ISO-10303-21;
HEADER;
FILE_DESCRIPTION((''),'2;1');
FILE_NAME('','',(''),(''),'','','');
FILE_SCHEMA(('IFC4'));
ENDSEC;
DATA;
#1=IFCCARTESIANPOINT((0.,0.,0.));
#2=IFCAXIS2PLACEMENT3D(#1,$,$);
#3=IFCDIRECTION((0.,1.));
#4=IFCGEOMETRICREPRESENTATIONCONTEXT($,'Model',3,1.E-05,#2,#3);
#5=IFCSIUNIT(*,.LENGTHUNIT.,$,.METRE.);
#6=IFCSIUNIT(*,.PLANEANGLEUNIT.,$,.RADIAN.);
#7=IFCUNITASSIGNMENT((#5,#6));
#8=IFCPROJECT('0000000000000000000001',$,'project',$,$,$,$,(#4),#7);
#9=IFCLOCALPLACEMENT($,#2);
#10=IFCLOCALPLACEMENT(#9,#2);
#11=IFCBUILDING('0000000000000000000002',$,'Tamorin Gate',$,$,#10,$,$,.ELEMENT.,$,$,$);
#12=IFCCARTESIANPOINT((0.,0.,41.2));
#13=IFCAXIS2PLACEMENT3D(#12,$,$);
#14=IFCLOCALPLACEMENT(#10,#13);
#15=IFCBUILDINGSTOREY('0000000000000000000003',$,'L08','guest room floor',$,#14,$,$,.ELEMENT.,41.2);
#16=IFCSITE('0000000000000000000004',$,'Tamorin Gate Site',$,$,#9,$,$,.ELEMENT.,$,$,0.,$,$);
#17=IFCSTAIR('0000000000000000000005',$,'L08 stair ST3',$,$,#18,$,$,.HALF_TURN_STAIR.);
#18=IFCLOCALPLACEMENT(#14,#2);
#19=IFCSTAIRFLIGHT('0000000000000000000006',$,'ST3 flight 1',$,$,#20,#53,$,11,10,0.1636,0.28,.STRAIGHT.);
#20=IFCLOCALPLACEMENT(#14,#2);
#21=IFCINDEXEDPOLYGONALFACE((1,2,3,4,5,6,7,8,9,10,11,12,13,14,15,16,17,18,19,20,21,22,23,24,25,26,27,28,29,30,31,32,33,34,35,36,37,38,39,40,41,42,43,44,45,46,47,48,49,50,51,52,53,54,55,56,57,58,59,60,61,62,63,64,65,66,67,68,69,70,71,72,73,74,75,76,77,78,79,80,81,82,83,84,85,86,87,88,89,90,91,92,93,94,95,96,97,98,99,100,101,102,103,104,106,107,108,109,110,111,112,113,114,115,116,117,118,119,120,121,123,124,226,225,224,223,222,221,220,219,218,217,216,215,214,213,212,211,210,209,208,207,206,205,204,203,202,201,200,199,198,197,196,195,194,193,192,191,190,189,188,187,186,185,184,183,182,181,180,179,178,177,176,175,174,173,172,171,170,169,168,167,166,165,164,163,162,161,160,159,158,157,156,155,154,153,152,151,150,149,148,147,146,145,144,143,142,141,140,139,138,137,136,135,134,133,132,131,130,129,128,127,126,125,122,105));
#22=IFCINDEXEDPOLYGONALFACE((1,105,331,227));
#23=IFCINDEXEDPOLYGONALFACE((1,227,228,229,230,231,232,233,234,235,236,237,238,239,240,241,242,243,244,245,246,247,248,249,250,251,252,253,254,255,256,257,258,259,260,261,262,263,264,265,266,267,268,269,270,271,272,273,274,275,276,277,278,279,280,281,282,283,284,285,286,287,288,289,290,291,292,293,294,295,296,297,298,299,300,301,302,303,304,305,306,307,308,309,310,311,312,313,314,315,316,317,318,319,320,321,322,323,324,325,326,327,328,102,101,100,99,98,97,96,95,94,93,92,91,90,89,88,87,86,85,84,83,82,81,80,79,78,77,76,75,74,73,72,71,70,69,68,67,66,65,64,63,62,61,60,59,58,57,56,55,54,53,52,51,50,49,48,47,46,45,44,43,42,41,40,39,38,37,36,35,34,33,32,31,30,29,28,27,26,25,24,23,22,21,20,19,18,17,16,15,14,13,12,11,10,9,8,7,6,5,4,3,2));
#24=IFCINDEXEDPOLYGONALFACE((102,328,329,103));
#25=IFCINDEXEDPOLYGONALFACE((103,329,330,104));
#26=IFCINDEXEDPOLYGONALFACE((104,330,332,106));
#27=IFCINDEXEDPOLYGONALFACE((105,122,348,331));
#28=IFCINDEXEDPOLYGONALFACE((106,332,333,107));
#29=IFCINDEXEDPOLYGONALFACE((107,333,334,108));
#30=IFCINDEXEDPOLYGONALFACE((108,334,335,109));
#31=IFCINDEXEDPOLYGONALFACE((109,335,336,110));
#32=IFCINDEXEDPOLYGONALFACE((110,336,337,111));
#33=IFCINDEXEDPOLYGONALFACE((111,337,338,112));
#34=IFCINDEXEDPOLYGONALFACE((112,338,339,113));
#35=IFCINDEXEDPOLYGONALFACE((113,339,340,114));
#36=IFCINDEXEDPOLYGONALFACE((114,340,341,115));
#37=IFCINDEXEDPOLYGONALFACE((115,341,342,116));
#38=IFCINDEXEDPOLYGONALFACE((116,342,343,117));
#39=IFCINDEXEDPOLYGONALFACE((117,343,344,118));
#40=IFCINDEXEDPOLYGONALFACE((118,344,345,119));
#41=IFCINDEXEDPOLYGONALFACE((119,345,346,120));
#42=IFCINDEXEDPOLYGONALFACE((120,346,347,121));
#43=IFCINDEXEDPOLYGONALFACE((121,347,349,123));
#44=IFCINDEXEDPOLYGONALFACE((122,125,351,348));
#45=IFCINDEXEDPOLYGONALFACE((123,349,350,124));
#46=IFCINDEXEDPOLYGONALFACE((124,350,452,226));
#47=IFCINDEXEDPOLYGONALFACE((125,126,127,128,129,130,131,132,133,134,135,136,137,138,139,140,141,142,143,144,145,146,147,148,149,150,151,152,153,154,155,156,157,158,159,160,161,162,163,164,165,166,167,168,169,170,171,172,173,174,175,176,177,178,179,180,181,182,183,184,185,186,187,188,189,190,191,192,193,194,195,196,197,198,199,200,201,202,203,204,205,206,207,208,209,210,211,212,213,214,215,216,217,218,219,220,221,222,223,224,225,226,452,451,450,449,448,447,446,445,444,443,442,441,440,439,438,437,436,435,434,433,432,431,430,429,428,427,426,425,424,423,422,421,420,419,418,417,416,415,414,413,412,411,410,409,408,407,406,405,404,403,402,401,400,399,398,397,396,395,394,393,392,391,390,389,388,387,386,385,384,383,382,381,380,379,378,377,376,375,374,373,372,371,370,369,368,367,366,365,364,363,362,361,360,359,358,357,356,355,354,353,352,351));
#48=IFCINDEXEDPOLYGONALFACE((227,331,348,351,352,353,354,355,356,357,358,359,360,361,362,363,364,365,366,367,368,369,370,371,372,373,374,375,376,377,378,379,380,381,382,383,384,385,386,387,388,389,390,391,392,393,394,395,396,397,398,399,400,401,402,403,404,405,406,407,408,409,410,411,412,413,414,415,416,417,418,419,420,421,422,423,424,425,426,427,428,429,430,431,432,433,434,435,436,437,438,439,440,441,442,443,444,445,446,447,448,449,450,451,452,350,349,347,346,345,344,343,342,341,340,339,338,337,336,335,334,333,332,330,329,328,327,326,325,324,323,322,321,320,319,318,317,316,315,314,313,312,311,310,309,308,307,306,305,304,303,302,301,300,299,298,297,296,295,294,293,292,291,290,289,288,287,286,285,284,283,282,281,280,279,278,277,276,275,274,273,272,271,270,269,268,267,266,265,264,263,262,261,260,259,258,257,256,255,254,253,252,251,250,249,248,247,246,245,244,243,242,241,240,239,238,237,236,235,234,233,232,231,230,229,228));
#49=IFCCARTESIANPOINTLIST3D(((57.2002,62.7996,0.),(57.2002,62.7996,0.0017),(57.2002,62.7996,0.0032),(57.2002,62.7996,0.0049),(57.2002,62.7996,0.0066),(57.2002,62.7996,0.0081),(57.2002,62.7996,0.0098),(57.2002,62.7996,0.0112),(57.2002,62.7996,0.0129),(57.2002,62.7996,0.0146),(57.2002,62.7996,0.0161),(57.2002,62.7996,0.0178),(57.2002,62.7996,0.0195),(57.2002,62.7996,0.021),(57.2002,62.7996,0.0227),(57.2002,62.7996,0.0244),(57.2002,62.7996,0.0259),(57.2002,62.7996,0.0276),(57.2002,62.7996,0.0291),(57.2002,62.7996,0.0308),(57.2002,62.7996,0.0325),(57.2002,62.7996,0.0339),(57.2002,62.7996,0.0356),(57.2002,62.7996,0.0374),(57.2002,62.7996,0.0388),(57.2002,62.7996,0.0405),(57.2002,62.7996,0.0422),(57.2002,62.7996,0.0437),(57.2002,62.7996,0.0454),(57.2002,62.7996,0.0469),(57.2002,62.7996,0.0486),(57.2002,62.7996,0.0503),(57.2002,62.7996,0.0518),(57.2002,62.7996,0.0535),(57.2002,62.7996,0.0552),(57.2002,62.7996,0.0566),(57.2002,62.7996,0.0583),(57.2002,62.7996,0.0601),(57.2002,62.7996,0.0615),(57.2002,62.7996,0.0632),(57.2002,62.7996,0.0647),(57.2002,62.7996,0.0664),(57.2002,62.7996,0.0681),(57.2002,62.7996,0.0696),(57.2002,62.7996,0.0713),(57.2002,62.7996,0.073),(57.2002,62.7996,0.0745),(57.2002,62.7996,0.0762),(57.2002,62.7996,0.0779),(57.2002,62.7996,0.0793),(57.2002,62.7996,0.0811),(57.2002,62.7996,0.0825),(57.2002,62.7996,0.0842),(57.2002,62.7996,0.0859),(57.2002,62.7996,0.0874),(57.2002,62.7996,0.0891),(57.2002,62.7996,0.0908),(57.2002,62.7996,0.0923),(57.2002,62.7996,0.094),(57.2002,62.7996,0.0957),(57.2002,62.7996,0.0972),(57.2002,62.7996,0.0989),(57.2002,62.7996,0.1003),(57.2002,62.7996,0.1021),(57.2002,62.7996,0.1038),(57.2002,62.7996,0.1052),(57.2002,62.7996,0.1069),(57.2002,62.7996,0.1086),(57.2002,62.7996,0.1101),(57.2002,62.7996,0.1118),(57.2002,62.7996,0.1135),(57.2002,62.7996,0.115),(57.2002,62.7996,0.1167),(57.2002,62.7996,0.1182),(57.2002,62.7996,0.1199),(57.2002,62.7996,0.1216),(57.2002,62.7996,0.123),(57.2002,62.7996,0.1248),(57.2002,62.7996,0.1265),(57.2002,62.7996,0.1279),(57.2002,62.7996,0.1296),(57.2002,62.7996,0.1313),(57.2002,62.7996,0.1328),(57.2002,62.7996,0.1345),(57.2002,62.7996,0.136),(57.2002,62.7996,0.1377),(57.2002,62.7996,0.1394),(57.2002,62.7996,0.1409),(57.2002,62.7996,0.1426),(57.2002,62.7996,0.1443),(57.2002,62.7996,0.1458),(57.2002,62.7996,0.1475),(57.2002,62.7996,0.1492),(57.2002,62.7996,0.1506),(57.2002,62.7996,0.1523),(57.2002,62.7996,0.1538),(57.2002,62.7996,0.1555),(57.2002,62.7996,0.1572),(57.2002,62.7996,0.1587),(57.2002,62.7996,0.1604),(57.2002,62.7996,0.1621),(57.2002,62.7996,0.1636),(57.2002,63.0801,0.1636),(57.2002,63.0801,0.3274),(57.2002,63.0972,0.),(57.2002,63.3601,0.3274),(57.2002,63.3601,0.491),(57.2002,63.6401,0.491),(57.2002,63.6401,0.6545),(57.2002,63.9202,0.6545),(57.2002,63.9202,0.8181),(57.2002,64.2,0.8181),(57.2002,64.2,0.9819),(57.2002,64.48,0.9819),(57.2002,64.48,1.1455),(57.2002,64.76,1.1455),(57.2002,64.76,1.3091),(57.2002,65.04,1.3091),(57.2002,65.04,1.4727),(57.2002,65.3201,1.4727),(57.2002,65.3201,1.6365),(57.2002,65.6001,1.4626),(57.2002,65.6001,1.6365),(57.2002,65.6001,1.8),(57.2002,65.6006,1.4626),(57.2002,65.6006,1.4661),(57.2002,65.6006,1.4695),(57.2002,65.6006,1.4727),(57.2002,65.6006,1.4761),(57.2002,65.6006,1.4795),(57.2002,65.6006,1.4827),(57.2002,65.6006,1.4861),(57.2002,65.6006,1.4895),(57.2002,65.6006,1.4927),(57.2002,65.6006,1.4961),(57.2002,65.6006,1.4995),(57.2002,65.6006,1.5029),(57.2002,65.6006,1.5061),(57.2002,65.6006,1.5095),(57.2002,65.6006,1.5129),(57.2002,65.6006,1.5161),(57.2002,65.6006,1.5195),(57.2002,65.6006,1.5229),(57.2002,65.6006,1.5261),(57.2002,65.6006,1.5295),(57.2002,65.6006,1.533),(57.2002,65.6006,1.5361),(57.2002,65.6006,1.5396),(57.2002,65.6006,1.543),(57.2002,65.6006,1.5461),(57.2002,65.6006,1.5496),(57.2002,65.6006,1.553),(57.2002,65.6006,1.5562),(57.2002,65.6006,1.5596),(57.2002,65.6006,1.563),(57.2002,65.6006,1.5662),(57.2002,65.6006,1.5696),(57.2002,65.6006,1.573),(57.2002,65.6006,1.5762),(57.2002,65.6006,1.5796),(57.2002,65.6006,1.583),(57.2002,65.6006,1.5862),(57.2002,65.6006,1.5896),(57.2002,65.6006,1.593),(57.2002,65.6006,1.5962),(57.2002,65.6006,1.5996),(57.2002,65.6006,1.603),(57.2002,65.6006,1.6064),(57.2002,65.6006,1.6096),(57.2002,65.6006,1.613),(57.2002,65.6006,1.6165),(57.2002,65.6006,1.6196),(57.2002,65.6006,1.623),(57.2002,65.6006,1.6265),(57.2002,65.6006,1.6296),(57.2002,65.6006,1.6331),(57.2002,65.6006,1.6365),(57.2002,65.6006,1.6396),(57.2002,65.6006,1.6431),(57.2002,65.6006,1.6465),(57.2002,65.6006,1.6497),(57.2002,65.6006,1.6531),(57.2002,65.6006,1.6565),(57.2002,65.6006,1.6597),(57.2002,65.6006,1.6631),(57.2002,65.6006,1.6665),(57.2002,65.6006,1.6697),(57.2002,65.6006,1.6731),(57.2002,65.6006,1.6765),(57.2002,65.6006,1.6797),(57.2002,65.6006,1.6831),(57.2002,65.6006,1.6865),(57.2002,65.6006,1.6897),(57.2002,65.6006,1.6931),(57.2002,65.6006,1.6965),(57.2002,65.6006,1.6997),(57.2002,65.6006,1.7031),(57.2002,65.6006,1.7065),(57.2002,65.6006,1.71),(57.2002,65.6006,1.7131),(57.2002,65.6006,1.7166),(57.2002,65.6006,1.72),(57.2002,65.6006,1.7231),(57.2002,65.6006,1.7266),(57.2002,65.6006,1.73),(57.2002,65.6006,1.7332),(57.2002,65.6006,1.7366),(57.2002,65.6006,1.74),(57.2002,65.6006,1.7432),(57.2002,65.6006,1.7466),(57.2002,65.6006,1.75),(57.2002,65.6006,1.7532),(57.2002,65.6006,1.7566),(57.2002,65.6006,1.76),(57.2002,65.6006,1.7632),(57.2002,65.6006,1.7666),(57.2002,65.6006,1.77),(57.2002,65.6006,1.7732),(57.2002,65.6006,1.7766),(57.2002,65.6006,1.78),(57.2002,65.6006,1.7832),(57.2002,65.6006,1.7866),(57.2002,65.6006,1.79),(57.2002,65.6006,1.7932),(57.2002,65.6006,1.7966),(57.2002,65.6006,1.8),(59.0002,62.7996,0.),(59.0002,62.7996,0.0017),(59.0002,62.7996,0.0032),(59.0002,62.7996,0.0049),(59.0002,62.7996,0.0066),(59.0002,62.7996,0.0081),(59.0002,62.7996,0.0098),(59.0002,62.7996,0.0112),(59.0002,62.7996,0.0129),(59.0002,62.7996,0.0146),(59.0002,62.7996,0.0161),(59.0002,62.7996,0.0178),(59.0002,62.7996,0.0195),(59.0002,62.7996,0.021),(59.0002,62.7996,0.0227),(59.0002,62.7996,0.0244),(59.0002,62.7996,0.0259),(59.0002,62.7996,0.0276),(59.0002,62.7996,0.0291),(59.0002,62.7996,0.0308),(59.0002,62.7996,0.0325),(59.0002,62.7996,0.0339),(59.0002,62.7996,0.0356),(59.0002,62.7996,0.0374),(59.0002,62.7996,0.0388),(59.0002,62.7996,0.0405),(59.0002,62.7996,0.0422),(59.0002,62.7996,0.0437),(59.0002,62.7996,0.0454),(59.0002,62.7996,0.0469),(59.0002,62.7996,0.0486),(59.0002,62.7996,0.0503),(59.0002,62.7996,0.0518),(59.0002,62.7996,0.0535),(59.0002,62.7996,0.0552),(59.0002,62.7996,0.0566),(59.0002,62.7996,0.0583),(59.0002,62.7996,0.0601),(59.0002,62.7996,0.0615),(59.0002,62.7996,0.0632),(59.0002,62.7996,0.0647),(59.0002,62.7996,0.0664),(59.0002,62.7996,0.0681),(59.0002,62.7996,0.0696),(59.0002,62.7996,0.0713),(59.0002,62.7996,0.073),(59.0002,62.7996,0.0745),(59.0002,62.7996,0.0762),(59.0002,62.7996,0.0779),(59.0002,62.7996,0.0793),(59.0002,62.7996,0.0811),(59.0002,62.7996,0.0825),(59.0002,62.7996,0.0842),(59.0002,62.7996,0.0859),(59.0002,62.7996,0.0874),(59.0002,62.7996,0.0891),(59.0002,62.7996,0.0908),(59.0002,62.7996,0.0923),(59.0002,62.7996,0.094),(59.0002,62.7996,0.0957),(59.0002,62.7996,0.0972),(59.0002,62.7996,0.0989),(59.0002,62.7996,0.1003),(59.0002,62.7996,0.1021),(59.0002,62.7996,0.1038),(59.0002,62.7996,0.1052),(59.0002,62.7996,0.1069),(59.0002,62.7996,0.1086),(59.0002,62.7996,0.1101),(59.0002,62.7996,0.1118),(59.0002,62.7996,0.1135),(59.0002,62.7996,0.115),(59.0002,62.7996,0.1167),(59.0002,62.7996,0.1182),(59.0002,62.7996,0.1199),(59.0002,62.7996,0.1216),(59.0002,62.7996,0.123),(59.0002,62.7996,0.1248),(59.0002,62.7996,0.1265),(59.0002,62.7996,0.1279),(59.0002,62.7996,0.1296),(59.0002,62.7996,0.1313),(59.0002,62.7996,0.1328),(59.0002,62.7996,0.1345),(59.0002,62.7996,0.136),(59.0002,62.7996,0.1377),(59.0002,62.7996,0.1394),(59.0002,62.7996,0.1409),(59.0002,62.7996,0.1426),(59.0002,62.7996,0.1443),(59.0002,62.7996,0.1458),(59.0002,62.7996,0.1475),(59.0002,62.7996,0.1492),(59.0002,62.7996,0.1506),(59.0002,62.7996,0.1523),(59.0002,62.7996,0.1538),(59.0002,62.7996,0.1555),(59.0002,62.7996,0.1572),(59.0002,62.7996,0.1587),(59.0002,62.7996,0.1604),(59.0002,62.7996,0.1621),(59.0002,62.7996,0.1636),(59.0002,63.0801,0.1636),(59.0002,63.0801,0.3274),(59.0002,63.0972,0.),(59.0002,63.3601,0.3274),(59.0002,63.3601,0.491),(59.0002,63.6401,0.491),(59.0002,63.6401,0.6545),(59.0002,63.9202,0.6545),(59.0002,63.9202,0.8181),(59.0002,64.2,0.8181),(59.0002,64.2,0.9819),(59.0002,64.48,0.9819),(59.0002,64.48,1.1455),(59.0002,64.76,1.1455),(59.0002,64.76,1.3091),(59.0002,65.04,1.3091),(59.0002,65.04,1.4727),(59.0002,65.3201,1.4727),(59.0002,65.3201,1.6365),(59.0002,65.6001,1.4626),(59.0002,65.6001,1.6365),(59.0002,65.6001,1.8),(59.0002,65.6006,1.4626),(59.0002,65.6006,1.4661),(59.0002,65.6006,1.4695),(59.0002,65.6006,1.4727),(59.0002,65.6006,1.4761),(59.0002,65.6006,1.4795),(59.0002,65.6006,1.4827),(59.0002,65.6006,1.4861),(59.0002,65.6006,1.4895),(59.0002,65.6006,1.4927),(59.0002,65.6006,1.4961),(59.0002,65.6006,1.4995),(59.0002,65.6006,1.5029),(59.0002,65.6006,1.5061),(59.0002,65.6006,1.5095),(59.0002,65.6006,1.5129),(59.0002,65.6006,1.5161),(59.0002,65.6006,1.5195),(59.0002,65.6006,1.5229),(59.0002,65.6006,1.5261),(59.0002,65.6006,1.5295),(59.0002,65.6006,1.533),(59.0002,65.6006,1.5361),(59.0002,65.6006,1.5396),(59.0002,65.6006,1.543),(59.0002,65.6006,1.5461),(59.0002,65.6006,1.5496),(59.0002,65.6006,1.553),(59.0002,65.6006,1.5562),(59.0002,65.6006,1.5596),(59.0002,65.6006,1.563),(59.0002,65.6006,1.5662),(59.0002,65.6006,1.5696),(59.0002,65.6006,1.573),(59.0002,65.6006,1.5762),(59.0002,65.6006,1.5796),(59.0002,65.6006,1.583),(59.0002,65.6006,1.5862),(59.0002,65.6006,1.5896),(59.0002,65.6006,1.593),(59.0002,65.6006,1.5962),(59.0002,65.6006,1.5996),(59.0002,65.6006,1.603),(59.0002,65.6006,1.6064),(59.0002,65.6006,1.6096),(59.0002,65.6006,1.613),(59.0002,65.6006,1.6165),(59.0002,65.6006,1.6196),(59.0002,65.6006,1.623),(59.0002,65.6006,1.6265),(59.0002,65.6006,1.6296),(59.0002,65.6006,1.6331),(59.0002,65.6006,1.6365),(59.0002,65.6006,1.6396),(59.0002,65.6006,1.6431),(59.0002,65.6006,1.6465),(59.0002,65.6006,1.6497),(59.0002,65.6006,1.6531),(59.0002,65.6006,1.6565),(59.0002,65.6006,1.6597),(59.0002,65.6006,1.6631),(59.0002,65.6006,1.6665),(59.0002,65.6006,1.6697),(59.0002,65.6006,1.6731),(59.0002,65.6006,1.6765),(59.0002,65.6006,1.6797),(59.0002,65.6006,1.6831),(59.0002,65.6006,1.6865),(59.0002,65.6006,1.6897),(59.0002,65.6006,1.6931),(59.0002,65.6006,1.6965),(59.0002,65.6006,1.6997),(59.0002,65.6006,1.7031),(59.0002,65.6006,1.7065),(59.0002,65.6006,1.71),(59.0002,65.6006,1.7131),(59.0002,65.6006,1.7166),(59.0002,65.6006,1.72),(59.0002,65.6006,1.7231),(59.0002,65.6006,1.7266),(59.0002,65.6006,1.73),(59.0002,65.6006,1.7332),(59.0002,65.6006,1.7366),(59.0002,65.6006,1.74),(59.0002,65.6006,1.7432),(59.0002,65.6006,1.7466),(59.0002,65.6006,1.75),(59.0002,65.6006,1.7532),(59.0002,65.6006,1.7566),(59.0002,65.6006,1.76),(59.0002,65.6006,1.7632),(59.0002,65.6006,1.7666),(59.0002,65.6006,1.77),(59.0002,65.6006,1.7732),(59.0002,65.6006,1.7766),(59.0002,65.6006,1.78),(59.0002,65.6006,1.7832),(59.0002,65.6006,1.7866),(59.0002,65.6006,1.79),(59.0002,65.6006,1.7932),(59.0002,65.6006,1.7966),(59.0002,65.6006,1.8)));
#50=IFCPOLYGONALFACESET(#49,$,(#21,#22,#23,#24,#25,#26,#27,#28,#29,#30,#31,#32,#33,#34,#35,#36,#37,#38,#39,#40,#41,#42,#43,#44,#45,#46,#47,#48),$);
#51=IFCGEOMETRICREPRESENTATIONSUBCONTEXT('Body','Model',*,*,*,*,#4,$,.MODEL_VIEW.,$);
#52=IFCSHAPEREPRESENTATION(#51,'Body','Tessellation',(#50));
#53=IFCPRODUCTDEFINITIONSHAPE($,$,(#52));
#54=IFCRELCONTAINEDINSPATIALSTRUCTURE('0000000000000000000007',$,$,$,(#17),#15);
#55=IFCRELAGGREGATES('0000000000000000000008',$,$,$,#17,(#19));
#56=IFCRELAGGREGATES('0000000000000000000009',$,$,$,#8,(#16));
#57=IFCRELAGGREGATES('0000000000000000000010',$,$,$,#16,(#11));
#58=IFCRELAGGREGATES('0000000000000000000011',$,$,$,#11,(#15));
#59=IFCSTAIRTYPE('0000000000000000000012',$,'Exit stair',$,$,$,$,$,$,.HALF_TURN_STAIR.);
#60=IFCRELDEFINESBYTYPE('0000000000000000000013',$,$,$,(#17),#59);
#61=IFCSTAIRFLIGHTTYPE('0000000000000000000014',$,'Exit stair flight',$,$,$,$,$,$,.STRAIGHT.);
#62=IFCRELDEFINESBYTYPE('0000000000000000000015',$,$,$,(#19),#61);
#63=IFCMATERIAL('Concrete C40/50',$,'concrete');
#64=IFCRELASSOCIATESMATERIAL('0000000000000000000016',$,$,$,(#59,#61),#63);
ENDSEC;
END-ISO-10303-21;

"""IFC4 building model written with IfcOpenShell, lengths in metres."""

from ifc_helpers import new_model, si_unit, direction, frame, origin, place, context, subcontext, project, spatial, polyline, outline, extrude, material, type_object, element, aggregate, save


model = new_model("IFC4")

# Units and contexts
model_context = context("Model", 3, precision=1e-05, world=origin(), true_north=direction((0.0, 1.0)))
body_context = subcontext(model_context, "Body", "Model", "MODEL_VIEW")
ifc_project = project(units=[si_unit("LENGTHUNIT", "METRE"), si_unit("PLANEANGLEUNIT", "RADIAN")], contexts=[model_context])

# Site, building, storey
site_placement = place(None, origin())
site = spatial("IfcSite", under=ifc_project, at=site_placement, Name="Tamorin Gate Site", CompositionType="ELEMENT", RefElevation=0.0)
building_placement = place(site_placement, origin())
building = spatial("IfcBuilding", under=site, at=building_placement, Name="Tamorin Gate", CompositionType="ELEMENT")
storey_placement = place(building_placement, frame((0.0, 0.0, 41.2)))
storey = spatial("IfcBuildingStorey", under=building, at=storey_placement, Name="L08", Description="guest room floor", CompositionType="ELEMENT", Elevation=41.2)

# Shared definitions
ifc_material_1 = material(Name="Concrete C40/50", Category="concrete")

# Stair, stair flight
stair_type = type_object("IfcStairType", Name="Exit stair", PredefinedType="HALF_TURN_STAIR", material=ifc_material_1)
stair_placement = place(storey_placement, origin())
stair = element("IfcStair", 1, at=stair_placement, inside=storey, type_object=stair_type, Name="L08 stair ST3", PredefinedType="HALF_TURN_STAIR")
stair_flight_type = type_object("IfcStairFlightType", Name="Exit stair flight", PredefinedType="STRAIGHT", material=ifc_material_1)
stair_flight_1_placement = place(storey_placement, frame((58.1001, 62.8, 0.0), z_axis=(0.0, 0.0, 1.0), x_axis=(0.0, 1.0, 0.0)))
stair_flight_1 = element("IfcStairFlight", 2, at=stair_flight_1_placement, type_object=stair_flight_type, Name="ST3 flight 1", NumberOfRisers=11, NumberOfTreads=10, PredefinedType="STRAIGHT", RiserHeight=0.1636, TreadLength=0.28, context=body_context, shape_type="SweptSolid", body=[
    extrude(outline(polyline([(-0.0005, 0.0), (-0.0005, 0.0017), (-0.0005, 0.0032), (-0.0005, 0.0049), (-0.0005, 0.0066), (-0.0005, 0.0081), (-0.0005, 0.0098), (-0.0005, 0.0112), (-0.0005, 0.0129), (-0.0005, 0.0146), (-0.0005, 0.0161), (-0.0005, 0.0178), (-0.0005, 0.0195), (-0.0005, 0.021), (-0.0005, 0.0227), (-0.0005, 0.0244), (-0.0005, 0.0259), (-0.0005, 0.0276), (-0.0005, 0.0291), (-0.0005, 0.0308), (-0.0005, 0.0325), (-0.0005, 0.0339), (-0.0005, 0.0356), (-0.0005, 0.0374), (-0.0005, 0.0388), (-0.0005, 0.0405), (-0.0005, 0.0422), (-0.0005, 0.0437), (-0.0005, 0.0454), (-0.0005, 0.0469), (-0.0005, 0.0486), (-0.0005, 0.0503), (-0.0005, 0.0518), (-0.0005, 0.0535), (-0.0005, 0.0552), (-0.0005, 0.0566), (-0.0005, 0.0583), (-0.0005, 0.0601), (-0.0005, 0.0615), (-0.0005, 0.0632), (-0.0005, 0.0647), (-0.0005, 0.0664), (-0.0005, 0.0681), (-0.0005, 0.0696), (-0.0005, 0.0713), (-0.0005, 0.073), (-0.0005, 0.0745), (-0.0005, 0.0762), (-0.0005, 0.0779), (-0.0005, 0.0793), (-0.0005, 0.0811), (-0.0005, 0.0825), (-0.0005, 0.0842), (-0.0005, 0.0859), (-0.0005, 0.0874), (-0.0005, 0.0891), (-0.0005, 0.0908), (-0.0005, 0.0923), (-0.0005, 0.094), (-0.0005, 0.0957), (-0.0005, 0.0972), (-0.0005, 0.0989), (-0.0005, 0.1003), (-0.0005, 0.1021), (-0.0005, 0.1038), (-0.0005, 0.1052), (-0.0005, 0.1069), (-0.0005, 0.1086), (-0.0005, 0.1101), (-0.0005, 0.1118), (-0.0005, 0.1135), (-0.0005, 0.115), (-0.0005, 0.1167), (-0.0005, 0.1182), (-0.0005, 0.1199), (-0.0005, 0.1216), (-0.0005, 0.123), (-0.0005, 0.1248), (-0.0005, 0.1265), (-0.0005, 0.1279), (-0.0005, 0.1296), (-0.0005, 0.1313), (-0.0005, 0.1328), (-0.0005, 0.1345), (-0.0005, 0.136), (-0.0005, 0.1377), (-0.0005, 0.1394), (-0.0005, 0.1409), (-0.0005, 0.1426), (-0.0005, 0.1443), (-0.0005, 0.1458), (-0.0005, 0.1475), (-0.0005, 0.1492), (-0.0005, 0.1506), (-0.0005, 0.1523), (-0.0005, 0.1538), (-0.0005, 0.1555), (-0.0005, 0.1572), (-0.0005, 0.1587), (-0.0005, 0.1604), (-0.0005, 0.1621), (-0.0005, 0.1636), (0.28, 0.1636), (0.28, 0.3274), (0.5601, 0.3274), (0.5601, 0.491), (0.8401, 0.491), (0.8401, 0.6545), (1.1201, 0.6545), (1.1201, 0.8181), (1.3999, 0.8181), (1.3999, 0.9819), (1.6799, 0.9819), (1.6799, 1.1455), (1.96, 1.1455), (1.96, 1.3091), (2.24, 1.3091), (2.24, 1.4727), (2.52, 1.4727), (2.52, 1.6365), (2.8, 1.6365), (2.8, 1.8), (2.8005, 1.8), (2.8005, 1.7966), (2.8005, 1.7932), (2.8005, 1.79), (2.8005, 1.7866), (2.8005, 1.7832), (2.8005, 1.78), (2.8005, 1.7766), (2.8005, 1.7732), (2.8005, 1.77), (2.8005, 1.7666), (2.8005, 1.7632), (2.8005, 1.76), (2.8005, 1.7566), (2.8005, 1.7532), (2.8005, 1.75), (2.8005, 1.7466), (2.8005, 1.7432), (2.8005, 1.74), (2.8005, 1.7366), (2.8005, 1.7332), (2.8005, 1.73), (2.8005, 1.7266), (2.8005, 1.7231), (2.8005, 1.72), (2.8005, 1.7166), (2.8005, 1.7131), (2.8005, 1.71), (2.8005, 1.7065), (2.8005, 1.7031), (2.8005, 1.6997), (2.8005, 1.6965), (2.8005, 1.6931), (2.8005, 1.6897), (2.8005, 1.6865), (2.8005, 1.6831), (2.8005, 1.6797), (2.8005, 1.6765), (2.8005, 1.6731), (2.8005, 1.6697), (2.8005, 1.6665), (2.8005, 1.6631), (2.8005, 1.6597), (2.8005, 1.6565), (2.8005, 1.6531), (2.8005, 1.6497), (2.8005, 1.6465), (2.8005, 1.6431), (2.8005, 1.6396), (2.8005, 1.6365), (2.8005, 1.6331), (2.8005, 1.6296), (2.8005, 1.6265), (2.8005, 1.623), (2.8005, 1.6196), (2.8005, 1.6165), (2.8005, 1.613), (2.8005, 1.6096), (2.8005, 1.6064), (2.8005, 1.603), (2.8005, 1.5996), (2.8005, 1.5962), (2.8005, 1.593), (2.8005, 1.5896), (2.8005, 1.5862), (2.8005, 1.583), (2.8005, 1.5796), (2.8005, 1.5762), (2.8005, 1.573), (2.8005, 1.5696), (2.8005, 1.5662), (2.8005, 1.563), (2.8005, 1.5596), (2.8005, 1.5562), (2.8005, 1.553), (2.8005, 1.5496), (2.8005, 1.5461), (2.8005, 1.543), (2.8005, 1.5396), (2.8005, 1.5361), (2.8005, 1.533), (2.8005, 1.5295), (2.8005, 1.5261), (2.8005, 1.5229), (2.8005, 1.5195), (2.8005, 1.5161), (2.8005, 1.5129), (2.8005, 1.5095), (2.8005, 1.5061), (2.8005, 1.5029), (2.8005, 1.4995), (2.8005, 1.4961), (2.8005, 1.4927), (2.8005, 1.4895), (2.8005, 1.4861), (2.8005, 1.4827), (2.8005, 1.4795), (2.8005, 1.4761), (2.8005, 1.4727), (2.8005, 1.4695), (2.8005, 1.4661), (2.8005, 1.4626), (2.8, 1.4626), (0.2971, 0.0), (-0.0005, 0.0)])), frame((0.0, 0.8999, 0.0), z_axis=(0.0, -1.0, 0.0), x_axis=(1.0, 0.0, 0.0)), (0.0, 0.0, 1.0), 1.8),
])
aggregate(stair, [stair_flight_1])

save(model, "model.ifc")
